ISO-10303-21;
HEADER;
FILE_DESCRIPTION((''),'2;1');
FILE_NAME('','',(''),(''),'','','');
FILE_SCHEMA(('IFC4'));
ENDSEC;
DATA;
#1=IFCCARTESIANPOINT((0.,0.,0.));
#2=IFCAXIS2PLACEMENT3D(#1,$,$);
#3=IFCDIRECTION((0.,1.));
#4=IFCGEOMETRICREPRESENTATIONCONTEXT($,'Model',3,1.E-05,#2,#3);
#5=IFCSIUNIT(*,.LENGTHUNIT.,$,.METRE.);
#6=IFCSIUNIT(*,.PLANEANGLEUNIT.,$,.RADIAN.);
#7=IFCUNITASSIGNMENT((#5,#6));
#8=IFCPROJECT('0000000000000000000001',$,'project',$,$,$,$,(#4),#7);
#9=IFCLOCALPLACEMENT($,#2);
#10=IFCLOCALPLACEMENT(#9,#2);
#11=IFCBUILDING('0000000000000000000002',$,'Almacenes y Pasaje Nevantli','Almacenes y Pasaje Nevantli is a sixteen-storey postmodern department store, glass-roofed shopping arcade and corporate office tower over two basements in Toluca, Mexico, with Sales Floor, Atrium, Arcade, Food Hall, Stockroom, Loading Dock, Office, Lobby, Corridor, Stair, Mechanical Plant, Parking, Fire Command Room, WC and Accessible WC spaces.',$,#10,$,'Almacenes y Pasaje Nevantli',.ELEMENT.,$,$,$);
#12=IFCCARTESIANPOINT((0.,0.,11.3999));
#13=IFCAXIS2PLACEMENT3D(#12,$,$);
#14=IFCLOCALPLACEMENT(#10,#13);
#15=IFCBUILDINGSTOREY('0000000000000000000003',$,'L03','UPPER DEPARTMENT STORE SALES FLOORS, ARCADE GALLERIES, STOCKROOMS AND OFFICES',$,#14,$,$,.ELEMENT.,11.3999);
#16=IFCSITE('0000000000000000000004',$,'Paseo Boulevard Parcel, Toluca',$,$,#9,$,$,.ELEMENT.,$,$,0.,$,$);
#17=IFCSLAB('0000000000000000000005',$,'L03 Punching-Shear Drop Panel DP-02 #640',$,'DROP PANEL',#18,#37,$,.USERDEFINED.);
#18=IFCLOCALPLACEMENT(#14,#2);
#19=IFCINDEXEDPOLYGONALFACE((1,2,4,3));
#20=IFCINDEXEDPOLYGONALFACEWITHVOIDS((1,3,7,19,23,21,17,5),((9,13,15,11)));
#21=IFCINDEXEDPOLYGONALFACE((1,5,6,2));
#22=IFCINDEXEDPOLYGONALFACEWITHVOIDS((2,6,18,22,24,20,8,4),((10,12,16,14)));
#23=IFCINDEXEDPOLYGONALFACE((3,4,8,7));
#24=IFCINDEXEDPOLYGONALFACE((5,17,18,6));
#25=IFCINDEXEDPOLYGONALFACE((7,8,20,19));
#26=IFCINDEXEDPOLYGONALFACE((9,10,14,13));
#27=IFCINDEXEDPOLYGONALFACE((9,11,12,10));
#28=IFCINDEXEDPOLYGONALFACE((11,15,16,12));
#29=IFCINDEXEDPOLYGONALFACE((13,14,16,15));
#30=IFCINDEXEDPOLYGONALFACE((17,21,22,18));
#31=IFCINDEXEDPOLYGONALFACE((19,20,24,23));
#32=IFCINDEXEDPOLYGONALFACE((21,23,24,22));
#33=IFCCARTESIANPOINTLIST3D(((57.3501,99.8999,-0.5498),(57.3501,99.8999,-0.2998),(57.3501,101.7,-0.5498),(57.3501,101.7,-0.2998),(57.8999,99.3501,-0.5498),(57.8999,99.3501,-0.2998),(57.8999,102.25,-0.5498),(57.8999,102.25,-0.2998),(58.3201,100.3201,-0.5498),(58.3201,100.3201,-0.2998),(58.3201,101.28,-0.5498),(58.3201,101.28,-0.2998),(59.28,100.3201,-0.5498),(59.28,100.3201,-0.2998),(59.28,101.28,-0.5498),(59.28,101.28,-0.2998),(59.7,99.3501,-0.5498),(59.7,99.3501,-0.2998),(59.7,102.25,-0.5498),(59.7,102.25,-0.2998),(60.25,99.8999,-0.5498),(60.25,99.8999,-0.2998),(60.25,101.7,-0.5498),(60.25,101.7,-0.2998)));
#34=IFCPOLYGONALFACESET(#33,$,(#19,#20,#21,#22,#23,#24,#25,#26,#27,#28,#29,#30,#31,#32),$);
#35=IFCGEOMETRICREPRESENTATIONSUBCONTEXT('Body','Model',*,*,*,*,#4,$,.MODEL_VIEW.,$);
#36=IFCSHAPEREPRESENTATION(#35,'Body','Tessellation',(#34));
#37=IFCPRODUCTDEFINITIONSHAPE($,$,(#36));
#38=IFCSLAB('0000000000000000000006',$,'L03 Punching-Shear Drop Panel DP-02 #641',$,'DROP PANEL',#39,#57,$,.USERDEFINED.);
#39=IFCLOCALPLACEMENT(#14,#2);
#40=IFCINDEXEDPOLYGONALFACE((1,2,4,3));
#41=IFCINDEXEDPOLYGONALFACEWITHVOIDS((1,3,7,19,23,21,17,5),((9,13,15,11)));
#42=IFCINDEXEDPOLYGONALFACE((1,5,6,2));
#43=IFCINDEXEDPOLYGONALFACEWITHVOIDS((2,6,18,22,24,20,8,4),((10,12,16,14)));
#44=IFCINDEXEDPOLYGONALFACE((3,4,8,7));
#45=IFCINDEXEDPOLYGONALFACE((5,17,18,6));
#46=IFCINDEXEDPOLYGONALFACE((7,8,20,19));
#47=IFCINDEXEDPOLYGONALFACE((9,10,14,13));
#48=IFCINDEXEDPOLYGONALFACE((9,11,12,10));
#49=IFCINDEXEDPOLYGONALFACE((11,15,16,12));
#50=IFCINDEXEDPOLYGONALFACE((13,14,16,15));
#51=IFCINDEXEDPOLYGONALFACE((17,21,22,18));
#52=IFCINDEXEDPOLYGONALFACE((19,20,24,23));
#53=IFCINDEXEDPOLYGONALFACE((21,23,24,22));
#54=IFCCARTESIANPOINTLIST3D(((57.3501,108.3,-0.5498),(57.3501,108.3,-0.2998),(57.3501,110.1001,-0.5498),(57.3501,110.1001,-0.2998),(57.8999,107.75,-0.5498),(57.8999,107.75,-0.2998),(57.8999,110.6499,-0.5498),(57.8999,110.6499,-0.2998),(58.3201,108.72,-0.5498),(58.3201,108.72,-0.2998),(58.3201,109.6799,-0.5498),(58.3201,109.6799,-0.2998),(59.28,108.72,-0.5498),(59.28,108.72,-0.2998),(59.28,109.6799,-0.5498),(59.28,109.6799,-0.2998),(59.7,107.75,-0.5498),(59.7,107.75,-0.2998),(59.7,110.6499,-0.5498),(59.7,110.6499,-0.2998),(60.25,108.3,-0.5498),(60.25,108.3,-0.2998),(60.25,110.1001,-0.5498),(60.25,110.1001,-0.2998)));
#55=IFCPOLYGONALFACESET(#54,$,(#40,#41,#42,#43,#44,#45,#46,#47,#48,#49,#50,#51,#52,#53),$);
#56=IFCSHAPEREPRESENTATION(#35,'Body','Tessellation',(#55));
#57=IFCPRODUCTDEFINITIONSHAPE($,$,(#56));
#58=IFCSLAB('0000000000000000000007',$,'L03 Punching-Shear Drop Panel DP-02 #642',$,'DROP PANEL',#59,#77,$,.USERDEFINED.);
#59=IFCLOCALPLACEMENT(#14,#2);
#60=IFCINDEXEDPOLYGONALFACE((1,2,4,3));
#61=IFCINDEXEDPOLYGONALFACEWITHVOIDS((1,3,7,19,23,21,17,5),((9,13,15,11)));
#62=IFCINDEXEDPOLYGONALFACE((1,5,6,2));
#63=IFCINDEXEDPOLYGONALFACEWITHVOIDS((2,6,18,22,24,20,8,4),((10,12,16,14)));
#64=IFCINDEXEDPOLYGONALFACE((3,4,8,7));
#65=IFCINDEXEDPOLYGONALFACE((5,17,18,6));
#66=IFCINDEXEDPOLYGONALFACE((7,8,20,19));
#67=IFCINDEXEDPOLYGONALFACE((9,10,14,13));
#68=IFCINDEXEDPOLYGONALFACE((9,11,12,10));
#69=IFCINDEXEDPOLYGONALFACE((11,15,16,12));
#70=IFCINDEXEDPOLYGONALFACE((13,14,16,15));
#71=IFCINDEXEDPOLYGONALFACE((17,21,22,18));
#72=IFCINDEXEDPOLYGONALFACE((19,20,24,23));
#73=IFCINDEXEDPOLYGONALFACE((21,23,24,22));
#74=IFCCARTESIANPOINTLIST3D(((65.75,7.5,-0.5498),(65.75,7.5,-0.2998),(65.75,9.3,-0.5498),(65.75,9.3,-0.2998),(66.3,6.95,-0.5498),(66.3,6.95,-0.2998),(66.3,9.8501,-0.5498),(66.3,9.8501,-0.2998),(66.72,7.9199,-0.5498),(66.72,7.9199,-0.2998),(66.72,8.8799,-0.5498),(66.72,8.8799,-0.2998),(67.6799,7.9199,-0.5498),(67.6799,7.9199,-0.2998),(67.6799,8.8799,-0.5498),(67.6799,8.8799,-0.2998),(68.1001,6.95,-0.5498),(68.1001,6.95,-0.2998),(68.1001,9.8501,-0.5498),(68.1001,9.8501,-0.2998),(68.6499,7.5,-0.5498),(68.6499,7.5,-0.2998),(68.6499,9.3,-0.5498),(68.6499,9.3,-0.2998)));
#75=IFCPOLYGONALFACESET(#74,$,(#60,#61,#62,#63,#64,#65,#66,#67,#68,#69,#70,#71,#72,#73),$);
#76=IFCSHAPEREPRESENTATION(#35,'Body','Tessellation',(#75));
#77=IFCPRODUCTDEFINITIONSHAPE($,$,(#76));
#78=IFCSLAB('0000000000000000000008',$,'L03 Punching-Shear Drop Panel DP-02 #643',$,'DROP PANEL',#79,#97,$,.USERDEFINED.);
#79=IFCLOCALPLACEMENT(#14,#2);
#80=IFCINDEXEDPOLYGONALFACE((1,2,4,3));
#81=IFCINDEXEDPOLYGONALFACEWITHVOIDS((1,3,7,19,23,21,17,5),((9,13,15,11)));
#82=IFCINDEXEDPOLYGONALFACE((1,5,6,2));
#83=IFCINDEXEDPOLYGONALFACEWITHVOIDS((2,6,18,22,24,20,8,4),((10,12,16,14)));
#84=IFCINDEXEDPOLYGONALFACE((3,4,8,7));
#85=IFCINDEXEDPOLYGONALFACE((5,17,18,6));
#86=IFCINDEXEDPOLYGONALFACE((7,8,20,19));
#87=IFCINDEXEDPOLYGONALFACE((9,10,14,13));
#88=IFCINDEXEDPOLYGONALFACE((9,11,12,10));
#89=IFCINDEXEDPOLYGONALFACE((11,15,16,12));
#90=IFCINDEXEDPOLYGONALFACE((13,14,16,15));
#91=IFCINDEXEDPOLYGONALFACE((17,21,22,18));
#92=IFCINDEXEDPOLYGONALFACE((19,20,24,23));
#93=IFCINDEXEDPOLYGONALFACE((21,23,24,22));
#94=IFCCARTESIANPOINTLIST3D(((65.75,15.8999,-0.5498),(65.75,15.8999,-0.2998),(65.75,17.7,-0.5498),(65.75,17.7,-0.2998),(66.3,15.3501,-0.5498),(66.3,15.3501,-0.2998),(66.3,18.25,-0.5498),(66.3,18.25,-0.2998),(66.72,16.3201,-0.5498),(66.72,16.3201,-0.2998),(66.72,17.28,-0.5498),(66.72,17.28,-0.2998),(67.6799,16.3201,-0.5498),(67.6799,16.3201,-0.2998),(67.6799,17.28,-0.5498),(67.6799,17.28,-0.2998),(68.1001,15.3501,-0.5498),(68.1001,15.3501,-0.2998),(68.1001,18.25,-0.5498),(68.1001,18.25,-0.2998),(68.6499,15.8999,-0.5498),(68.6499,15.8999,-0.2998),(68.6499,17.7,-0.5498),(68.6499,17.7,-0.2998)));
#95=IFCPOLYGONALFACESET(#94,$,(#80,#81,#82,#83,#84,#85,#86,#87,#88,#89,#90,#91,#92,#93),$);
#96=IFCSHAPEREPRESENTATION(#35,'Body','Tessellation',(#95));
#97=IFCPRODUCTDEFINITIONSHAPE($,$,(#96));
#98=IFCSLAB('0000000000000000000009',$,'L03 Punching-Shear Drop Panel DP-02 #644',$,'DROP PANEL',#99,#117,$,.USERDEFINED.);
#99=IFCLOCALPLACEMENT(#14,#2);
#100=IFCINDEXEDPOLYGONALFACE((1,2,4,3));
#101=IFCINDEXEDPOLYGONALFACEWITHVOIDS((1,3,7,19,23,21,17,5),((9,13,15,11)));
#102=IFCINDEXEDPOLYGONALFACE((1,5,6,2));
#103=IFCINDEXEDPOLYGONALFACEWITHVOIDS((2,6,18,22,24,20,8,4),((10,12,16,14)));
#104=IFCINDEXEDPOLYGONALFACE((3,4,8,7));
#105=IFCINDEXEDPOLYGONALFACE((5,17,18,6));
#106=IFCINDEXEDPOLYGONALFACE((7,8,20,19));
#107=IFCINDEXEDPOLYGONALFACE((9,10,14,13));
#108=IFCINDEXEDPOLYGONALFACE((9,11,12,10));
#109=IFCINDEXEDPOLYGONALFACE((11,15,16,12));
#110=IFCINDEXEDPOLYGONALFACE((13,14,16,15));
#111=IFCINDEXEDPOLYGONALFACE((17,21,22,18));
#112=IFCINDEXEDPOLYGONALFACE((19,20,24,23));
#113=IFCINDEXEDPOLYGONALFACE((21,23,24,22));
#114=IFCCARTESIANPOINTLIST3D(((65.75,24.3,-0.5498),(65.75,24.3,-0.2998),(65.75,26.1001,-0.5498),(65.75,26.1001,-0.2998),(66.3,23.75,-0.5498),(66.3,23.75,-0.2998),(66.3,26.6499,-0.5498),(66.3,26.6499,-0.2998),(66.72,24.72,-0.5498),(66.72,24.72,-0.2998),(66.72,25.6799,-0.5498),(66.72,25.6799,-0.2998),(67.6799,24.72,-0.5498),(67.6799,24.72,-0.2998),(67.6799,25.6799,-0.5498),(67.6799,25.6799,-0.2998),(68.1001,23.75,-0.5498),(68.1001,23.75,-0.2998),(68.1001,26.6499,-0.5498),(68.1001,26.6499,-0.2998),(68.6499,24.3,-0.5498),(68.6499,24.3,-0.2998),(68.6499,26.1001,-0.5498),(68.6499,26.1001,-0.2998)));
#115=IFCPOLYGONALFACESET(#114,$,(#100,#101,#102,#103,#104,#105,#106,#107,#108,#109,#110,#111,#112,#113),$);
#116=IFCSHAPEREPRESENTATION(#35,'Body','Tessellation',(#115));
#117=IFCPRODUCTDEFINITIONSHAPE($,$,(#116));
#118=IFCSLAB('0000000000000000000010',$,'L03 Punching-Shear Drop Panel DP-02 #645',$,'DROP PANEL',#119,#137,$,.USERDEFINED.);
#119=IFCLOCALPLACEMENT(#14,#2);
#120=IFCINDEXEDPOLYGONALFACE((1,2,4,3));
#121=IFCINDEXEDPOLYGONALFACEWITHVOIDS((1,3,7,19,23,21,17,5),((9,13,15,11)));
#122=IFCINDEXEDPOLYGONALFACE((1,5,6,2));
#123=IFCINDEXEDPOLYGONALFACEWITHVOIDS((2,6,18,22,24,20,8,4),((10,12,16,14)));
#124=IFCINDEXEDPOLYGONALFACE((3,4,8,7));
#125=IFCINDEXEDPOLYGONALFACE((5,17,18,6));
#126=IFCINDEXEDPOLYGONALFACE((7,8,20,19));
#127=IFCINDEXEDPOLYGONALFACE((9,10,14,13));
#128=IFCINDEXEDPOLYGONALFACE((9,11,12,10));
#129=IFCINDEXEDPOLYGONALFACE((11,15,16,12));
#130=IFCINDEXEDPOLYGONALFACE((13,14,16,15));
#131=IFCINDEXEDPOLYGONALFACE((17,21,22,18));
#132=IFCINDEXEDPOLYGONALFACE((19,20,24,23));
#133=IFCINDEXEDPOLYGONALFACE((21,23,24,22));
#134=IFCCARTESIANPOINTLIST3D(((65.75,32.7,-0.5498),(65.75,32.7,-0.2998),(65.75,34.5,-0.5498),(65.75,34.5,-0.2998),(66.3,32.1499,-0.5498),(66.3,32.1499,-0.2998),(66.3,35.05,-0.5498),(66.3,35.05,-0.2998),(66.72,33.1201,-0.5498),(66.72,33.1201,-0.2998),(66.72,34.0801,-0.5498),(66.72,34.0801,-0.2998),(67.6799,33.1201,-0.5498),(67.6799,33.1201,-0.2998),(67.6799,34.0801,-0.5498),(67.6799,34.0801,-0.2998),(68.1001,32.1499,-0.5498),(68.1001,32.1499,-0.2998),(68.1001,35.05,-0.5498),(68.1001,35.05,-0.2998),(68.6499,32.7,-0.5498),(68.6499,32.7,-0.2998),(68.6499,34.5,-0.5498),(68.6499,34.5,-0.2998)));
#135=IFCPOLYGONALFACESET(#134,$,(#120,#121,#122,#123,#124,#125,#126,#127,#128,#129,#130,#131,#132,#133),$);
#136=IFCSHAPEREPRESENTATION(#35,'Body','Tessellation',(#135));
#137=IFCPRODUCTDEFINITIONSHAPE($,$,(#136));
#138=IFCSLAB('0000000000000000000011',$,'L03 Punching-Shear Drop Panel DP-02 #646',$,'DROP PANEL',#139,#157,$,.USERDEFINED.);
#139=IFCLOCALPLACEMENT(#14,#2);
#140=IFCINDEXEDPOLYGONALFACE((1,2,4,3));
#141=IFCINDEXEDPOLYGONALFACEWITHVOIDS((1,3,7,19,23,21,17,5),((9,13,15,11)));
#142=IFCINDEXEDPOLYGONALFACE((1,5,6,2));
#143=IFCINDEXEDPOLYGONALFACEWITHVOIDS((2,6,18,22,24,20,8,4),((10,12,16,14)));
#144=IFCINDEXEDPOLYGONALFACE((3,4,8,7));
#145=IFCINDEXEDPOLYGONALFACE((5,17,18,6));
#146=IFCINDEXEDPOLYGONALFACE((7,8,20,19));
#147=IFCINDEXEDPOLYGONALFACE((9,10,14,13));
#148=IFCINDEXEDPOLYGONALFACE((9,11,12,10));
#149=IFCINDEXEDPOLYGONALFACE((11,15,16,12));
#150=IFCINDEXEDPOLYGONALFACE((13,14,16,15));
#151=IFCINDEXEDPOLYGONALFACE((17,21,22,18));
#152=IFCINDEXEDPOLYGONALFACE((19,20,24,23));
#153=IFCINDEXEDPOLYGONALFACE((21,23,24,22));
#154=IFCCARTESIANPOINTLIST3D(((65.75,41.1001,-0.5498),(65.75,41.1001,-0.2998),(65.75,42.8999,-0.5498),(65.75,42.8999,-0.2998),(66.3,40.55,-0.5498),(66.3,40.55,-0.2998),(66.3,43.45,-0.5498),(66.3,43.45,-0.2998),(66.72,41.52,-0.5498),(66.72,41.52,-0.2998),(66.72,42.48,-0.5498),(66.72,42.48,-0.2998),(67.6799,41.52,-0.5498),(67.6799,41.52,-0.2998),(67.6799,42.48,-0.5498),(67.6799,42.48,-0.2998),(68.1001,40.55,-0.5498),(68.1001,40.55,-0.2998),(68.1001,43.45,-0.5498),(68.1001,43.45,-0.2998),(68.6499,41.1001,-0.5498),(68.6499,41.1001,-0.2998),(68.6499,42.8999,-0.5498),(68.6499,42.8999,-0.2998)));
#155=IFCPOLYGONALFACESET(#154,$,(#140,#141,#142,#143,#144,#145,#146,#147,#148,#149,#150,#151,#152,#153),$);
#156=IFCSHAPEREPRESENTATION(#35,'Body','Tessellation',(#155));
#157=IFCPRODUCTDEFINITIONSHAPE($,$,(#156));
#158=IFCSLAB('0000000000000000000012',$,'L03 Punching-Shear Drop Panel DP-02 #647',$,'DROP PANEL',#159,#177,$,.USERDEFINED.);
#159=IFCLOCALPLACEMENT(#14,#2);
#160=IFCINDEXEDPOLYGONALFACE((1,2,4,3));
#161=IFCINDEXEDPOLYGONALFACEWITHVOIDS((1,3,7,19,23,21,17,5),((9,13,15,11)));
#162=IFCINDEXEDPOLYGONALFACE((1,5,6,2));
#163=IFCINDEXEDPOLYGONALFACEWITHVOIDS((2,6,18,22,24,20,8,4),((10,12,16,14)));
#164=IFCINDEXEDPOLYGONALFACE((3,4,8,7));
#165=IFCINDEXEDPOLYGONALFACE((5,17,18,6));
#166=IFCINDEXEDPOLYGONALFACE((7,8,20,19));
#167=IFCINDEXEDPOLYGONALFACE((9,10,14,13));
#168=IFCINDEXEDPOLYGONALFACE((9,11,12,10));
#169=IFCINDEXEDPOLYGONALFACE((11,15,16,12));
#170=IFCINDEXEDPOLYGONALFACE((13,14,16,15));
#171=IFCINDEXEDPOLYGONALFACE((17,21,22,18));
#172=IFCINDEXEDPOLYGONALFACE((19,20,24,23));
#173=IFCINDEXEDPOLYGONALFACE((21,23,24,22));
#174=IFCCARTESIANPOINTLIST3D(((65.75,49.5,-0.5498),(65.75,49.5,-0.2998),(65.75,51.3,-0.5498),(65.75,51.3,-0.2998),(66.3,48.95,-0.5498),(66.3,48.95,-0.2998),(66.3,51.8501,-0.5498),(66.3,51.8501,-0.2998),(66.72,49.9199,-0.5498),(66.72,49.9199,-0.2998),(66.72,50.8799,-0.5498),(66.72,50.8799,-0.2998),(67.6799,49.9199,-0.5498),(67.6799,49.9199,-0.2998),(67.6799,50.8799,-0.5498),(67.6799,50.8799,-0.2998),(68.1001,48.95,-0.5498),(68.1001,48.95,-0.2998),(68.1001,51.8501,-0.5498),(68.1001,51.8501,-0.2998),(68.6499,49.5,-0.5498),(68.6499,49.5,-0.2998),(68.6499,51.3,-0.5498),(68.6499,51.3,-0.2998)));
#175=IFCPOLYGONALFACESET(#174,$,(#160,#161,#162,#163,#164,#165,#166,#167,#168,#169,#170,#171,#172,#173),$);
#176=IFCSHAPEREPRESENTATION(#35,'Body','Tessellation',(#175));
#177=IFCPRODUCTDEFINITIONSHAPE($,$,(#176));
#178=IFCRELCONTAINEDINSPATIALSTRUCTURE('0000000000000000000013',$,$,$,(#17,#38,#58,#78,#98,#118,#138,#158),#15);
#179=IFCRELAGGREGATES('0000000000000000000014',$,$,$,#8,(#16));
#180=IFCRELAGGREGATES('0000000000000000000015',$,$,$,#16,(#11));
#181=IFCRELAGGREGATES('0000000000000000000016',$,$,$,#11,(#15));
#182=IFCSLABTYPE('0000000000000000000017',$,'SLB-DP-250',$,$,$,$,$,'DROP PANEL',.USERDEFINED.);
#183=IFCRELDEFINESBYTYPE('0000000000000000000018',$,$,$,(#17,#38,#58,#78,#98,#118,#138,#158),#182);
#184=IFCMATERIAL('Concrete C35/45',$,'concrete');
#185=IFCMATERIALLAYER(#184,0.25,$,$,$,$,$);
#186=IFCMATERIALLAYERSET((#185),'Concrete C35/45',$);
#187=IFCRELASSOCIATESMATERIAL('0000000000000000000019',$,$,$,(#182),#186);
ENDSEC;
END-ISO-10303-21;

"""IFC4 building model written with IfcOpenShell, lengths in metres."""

from ifc_helpers import new_model, si_unit, direction, frame, origin, place, context, subcontext, project, spatial, polyline, outline, extrude, material, layer, layer_set, type_object, element, save


model = new_model("IFC4")

# Units and contexts
model_context = context("Model", 3, precision=1e-05, world=origin(), true_north=direction((0.0, 1.0)))
body_context = subcontext(model_context, "Body", "Model", "MODEL_VIEW")
ifc_project = project(units=[si_unit("LENGTHUNIT", "METRE"), si_unit("PLANEANGLEUNIT", "RADIAN")], contexts=[model_context])

# Site, building, storey
site_placement = place(None, origin())
site = spatial("IfcSite", under=ifc_project, at=site_placement, Name="Paseo Boulevard Parcel, Toluca", CompositionType="ELEMENT", RefElevation=0.0)
building_placement = place(site_placement, origin())
building = spatial("IfcBuilding", under=site, at=building_placement, Name="Almacenes y Pasaje Nevantli", Description="Almacenes y Pasaje Nevantli is a sixteen-storey postmodern department store, glass-roofed shopping arcade and corporate office tower over two basements in Toluca, Mexico, with Sales Floor, Atrium, Arcade, Food Hall, Stockroom, Loading Dock, Office, Lobby, Corridor, Stair, Mechanical Plant, Parking, Fire Command Room, WC and Accessible WC spaces.", LongName="Almacenes y Pasaje Nevantli", CompositionType="ELEMENT")
storey_placement = place(building_placement, frame((0.0, 0.0, 11.3999)))
storey = spatial("IfcBuildingStorey", under=building, at=storey_placement, Name="L03", Description="UPPER DEPARTMENT STORE SALES FLOORS, ARCADE GALLERIES, STOCKROOMS AND OFFICES", CompositionType="ELEMENT", Elevation=11.3999)

# Slabs
ifc_material = material(Name="Concrete C35/45", Category="concrete")
ifc_layer = layer(ifc_material, 0.25)
ifc_layer_set = layer_set([ifc_layer], Name="Concrete C35/45")
slab_type = type_object("IfcSlabType", Name="SLB-DP-250", ElementType="DROP PANEL", PredefinedType="USERDEFINED", material=ifc_layer_set)
slab_1_placement = place(storey_placement, frame((0.0, 0.0, -0.5498)))
element("IfcSlab", 1, at=slab_1_placement, inside=storey, type_object=slab_type, Name="L03 Punching-Shear Drop Panel DP-02 #640", ObjectType="DROP PANEL", PredefinedType="USERDEFINED", context=body_context, shape_type="SweptSolid", body=[
    extrude(outline(polyline([(57.8999, 99.3501), (59.7, 99.3501), (60.25, 99.8999), (60.25, 101.7), (59.7, 102.25), (57.8999, 102.25), (57.3501, 101.7), (57.3501, 99.8999), (57.8999, 99.3501)]), holes=[polyline([(58.3201, 100.3201), (59.28, 100.3201), (59.28, 101.28), (58.3201, 101.28), (58.3201, 100.3201)])]), origin(), (0.0, 0.0, 1.0), 0.25),
])
slab_2_placement = place(storey_placement, frame((0.0, 0.0, -0.5498)))
element("IfcSlab", 2, at=slab_2_placement, inside=storey, type_object=slab_type, Name="L03 Punching-Shear Drop Panel DP-02 #641", ObjectType="DROP PANEL", PredefinedType="USERDEFINED", context=body_context, shape_type="SweptSolid", body=[
    extrude(outline(polyline([(57.8999, 107.75), (59.7, 107.75), (60.25, 108.3), (60.25, 110.1001), (59.7, 110.6499), (57.8999, 110.6499), (57.3501, 110.1001), (57.3501, 108.3), (57.8999, 107.75)]), holes=[polyline([(58.3201, 108.72), (59.28, 108.72), (59.28, 109.6799), (58.3201, 109.6799), (58.3201, 108.72)])]), origin(), (0.0, 0.0, 1.0), 0.25),
])
slab_3_placement = place(storey_placement, frame((0.0, 0.0, -0.5498)))
element("IfcSlab", 3, at=slab_3_placement, inside=storey, type_object=slab_type, Name="L03 Punching-Shear Drop Panel DP-02 #642", ObjectType="DROP PANEL", PredefinedType="USERDEFINED", context=body_context, shape_type="SweptSolid", body=[
    extrude(outline(polyline([(66.3, 6.95), (68.1001, 6.95), (68.6499, 7.5), (68.6499, 9.3), (68.1001, 9.8501), (66.3, 9.8501), (65.75, 9.3), (65.75, 7.5), (66.3, 6.95)]), holes=[polyline([(66.72, 7.9199), (67.6799, 7.9199), (67.6799, 8.8799), (66.72, 8.8799), (66.72, 7.9199)])]), origin(), (0.0, 0.0, 1.0), 0.25),
])
slab_4_placement = place(storey_placement, frame((0.0, 0.0, -0.5498)))
element("IfcSlab", 4, at=slab_4_placement, inside=storey, type_object=slab_type, Name="L03 Punching-Shear Drop Panel DP-02 #643", ObjectType="DROP PANEL", PredefinedType="USERDEFINED", context=body_context, shape_type="SweptSolid", body=[
    extrude(outline(polyline([(66.3, 15.3501), (68.1001, 15.3501), (68.6499, 15.8999), (68.6499, 17.7), (68.1001, 18.25), (66.3, 18.25), (65.75, 17.7), (65.75, 15.8999), (66.3, 15.3501)]), holes=[polyline([(66.72, 16.3201), (67.6799, 16.3201), (67.6799, 17.28), (66.72, 17.28), (66.72, 16.3201)])]), origin(), (0.0, 0.0, 1.0), 0.25),
])
slab_5_placement = place(storey_placement, frame((0.0, 0.0, -0.5498)))
element("IfcSlab", 5, at=slab_5_placement, inside=storey, type_object=slab_type, Name="L03 Punching-Shear Drop Panel DP-02 #644", ObjectType="DROP PANEL", PredefinedType="USERDEFINED", context=body_context, shape_type="SweptSolid", body=[
    extrude(outline(polyline([(66.3, 23.75), (68.1001, 23.75), (68.6499, 24.3), (68.6499, 26.1001), (68.1001, 26.6499), (66.3, 26.6499), (65.75, 26.1001), (65.75, 24.3), (66.3, 23.75)]), holes=[polyline([(66.72, 24.72), (67.6799, 24.72), (67.6799, 25.6799), (66.72, 25.6799), (66.72, 24.72)])]), origin(), (0.0, 0.0, 1.0), 0.25),
])
slab_6_placement = place(storey_placement, frame((0.0, 0.0, -0.5498)))
element("IfcSlab", 6, at=slab_6_placement, inside=storey, type_object=slab_type, Name="L03 Punching-Shear Drop Panel DP-02 #645", ObjectType="DROP PANEL", PredefinedType="USERDEFINED", context=body_context, shape_type="SweptSolid", body=[
    extrude(outline(polyline([(66.3, 32.1499), (68.1001, 32.1499), (68.6499, 32.7), (68.6499, 34.5), (68.1001, 35.05), (66.3, 35.05), (65.75, 34.5), (65.75, 32.7), (66.3, 32.1499)]), holes=[polyline([(66.72, 33.1201), (67.6799, 33.1201), (67.6799, 34.0801), (66.72, 34.0801), (66.72, 33.1201)])]), origin(), (0.0, 0.0, 1.0), 0.25),
])
slab_7_placement = place(storey_placement, frame((0.0, 0.0, -0.5498)))
element("IfcSlab", 7, at=slab_7_placement, inside=storey, type_object=slab_type, Name="L03 Punching-Shear Drop Panel DP-02 #646", ObjectType="DROP PANEL", PredefinedType="USERDEFINED", context=body_context, shape_type="SweptSolid", body=[
    extrude(outline(polyline([(66.3, 40.55), (68.1001, 40.55), (68.6499, 41.1001), (68.6499, 42.8999), (68.1001, 43.45), (66.3, 43.45), (65.75, 42.8999), (65.75, 41.1001), (66.3, 40.55)]), holes=[polyline([(66.72, 41.52), (67.6799, 41.52), (67.6799, 42.48), (66.72, 42.48), (66.72, 41.52)])]), origin(), (0.0, 0.0, 1.0), 0.25),
])
slab_8_placement = place(storey_placement, frame((0.0, 0.0, -0.5498)))
element("IfcSlab", 8, at=slab_8_placement, inside=storey, type_object=slab_type, Name="L03 Punching-Shear Drop Panel DP-02 #647", ObjectType="DROP PANEL", PredefinedType="USERDEFINED", context=body_context, shape_type="SweptSolid", body=[
    extrude(outline(polyline([(66.3, 48.95), (68.1001, 48.95), (68.6499, 49.5), (68.6499, 51.3), (68.1001, 51.8501), (66.3, 51.8501), (65.75, 51.3), (65.75, 49.5), (66.3, 48.95)]), holes=[polyline([(66.72, 49.9199), (67.6799, 49.9199), (67.6799, 50.8799), (66.72, 50.8799), (66.72, 49.9199)])]), origin(), (0.0, 0.0, 1.0), 0.25),
])

save(model, "model.ifc")
